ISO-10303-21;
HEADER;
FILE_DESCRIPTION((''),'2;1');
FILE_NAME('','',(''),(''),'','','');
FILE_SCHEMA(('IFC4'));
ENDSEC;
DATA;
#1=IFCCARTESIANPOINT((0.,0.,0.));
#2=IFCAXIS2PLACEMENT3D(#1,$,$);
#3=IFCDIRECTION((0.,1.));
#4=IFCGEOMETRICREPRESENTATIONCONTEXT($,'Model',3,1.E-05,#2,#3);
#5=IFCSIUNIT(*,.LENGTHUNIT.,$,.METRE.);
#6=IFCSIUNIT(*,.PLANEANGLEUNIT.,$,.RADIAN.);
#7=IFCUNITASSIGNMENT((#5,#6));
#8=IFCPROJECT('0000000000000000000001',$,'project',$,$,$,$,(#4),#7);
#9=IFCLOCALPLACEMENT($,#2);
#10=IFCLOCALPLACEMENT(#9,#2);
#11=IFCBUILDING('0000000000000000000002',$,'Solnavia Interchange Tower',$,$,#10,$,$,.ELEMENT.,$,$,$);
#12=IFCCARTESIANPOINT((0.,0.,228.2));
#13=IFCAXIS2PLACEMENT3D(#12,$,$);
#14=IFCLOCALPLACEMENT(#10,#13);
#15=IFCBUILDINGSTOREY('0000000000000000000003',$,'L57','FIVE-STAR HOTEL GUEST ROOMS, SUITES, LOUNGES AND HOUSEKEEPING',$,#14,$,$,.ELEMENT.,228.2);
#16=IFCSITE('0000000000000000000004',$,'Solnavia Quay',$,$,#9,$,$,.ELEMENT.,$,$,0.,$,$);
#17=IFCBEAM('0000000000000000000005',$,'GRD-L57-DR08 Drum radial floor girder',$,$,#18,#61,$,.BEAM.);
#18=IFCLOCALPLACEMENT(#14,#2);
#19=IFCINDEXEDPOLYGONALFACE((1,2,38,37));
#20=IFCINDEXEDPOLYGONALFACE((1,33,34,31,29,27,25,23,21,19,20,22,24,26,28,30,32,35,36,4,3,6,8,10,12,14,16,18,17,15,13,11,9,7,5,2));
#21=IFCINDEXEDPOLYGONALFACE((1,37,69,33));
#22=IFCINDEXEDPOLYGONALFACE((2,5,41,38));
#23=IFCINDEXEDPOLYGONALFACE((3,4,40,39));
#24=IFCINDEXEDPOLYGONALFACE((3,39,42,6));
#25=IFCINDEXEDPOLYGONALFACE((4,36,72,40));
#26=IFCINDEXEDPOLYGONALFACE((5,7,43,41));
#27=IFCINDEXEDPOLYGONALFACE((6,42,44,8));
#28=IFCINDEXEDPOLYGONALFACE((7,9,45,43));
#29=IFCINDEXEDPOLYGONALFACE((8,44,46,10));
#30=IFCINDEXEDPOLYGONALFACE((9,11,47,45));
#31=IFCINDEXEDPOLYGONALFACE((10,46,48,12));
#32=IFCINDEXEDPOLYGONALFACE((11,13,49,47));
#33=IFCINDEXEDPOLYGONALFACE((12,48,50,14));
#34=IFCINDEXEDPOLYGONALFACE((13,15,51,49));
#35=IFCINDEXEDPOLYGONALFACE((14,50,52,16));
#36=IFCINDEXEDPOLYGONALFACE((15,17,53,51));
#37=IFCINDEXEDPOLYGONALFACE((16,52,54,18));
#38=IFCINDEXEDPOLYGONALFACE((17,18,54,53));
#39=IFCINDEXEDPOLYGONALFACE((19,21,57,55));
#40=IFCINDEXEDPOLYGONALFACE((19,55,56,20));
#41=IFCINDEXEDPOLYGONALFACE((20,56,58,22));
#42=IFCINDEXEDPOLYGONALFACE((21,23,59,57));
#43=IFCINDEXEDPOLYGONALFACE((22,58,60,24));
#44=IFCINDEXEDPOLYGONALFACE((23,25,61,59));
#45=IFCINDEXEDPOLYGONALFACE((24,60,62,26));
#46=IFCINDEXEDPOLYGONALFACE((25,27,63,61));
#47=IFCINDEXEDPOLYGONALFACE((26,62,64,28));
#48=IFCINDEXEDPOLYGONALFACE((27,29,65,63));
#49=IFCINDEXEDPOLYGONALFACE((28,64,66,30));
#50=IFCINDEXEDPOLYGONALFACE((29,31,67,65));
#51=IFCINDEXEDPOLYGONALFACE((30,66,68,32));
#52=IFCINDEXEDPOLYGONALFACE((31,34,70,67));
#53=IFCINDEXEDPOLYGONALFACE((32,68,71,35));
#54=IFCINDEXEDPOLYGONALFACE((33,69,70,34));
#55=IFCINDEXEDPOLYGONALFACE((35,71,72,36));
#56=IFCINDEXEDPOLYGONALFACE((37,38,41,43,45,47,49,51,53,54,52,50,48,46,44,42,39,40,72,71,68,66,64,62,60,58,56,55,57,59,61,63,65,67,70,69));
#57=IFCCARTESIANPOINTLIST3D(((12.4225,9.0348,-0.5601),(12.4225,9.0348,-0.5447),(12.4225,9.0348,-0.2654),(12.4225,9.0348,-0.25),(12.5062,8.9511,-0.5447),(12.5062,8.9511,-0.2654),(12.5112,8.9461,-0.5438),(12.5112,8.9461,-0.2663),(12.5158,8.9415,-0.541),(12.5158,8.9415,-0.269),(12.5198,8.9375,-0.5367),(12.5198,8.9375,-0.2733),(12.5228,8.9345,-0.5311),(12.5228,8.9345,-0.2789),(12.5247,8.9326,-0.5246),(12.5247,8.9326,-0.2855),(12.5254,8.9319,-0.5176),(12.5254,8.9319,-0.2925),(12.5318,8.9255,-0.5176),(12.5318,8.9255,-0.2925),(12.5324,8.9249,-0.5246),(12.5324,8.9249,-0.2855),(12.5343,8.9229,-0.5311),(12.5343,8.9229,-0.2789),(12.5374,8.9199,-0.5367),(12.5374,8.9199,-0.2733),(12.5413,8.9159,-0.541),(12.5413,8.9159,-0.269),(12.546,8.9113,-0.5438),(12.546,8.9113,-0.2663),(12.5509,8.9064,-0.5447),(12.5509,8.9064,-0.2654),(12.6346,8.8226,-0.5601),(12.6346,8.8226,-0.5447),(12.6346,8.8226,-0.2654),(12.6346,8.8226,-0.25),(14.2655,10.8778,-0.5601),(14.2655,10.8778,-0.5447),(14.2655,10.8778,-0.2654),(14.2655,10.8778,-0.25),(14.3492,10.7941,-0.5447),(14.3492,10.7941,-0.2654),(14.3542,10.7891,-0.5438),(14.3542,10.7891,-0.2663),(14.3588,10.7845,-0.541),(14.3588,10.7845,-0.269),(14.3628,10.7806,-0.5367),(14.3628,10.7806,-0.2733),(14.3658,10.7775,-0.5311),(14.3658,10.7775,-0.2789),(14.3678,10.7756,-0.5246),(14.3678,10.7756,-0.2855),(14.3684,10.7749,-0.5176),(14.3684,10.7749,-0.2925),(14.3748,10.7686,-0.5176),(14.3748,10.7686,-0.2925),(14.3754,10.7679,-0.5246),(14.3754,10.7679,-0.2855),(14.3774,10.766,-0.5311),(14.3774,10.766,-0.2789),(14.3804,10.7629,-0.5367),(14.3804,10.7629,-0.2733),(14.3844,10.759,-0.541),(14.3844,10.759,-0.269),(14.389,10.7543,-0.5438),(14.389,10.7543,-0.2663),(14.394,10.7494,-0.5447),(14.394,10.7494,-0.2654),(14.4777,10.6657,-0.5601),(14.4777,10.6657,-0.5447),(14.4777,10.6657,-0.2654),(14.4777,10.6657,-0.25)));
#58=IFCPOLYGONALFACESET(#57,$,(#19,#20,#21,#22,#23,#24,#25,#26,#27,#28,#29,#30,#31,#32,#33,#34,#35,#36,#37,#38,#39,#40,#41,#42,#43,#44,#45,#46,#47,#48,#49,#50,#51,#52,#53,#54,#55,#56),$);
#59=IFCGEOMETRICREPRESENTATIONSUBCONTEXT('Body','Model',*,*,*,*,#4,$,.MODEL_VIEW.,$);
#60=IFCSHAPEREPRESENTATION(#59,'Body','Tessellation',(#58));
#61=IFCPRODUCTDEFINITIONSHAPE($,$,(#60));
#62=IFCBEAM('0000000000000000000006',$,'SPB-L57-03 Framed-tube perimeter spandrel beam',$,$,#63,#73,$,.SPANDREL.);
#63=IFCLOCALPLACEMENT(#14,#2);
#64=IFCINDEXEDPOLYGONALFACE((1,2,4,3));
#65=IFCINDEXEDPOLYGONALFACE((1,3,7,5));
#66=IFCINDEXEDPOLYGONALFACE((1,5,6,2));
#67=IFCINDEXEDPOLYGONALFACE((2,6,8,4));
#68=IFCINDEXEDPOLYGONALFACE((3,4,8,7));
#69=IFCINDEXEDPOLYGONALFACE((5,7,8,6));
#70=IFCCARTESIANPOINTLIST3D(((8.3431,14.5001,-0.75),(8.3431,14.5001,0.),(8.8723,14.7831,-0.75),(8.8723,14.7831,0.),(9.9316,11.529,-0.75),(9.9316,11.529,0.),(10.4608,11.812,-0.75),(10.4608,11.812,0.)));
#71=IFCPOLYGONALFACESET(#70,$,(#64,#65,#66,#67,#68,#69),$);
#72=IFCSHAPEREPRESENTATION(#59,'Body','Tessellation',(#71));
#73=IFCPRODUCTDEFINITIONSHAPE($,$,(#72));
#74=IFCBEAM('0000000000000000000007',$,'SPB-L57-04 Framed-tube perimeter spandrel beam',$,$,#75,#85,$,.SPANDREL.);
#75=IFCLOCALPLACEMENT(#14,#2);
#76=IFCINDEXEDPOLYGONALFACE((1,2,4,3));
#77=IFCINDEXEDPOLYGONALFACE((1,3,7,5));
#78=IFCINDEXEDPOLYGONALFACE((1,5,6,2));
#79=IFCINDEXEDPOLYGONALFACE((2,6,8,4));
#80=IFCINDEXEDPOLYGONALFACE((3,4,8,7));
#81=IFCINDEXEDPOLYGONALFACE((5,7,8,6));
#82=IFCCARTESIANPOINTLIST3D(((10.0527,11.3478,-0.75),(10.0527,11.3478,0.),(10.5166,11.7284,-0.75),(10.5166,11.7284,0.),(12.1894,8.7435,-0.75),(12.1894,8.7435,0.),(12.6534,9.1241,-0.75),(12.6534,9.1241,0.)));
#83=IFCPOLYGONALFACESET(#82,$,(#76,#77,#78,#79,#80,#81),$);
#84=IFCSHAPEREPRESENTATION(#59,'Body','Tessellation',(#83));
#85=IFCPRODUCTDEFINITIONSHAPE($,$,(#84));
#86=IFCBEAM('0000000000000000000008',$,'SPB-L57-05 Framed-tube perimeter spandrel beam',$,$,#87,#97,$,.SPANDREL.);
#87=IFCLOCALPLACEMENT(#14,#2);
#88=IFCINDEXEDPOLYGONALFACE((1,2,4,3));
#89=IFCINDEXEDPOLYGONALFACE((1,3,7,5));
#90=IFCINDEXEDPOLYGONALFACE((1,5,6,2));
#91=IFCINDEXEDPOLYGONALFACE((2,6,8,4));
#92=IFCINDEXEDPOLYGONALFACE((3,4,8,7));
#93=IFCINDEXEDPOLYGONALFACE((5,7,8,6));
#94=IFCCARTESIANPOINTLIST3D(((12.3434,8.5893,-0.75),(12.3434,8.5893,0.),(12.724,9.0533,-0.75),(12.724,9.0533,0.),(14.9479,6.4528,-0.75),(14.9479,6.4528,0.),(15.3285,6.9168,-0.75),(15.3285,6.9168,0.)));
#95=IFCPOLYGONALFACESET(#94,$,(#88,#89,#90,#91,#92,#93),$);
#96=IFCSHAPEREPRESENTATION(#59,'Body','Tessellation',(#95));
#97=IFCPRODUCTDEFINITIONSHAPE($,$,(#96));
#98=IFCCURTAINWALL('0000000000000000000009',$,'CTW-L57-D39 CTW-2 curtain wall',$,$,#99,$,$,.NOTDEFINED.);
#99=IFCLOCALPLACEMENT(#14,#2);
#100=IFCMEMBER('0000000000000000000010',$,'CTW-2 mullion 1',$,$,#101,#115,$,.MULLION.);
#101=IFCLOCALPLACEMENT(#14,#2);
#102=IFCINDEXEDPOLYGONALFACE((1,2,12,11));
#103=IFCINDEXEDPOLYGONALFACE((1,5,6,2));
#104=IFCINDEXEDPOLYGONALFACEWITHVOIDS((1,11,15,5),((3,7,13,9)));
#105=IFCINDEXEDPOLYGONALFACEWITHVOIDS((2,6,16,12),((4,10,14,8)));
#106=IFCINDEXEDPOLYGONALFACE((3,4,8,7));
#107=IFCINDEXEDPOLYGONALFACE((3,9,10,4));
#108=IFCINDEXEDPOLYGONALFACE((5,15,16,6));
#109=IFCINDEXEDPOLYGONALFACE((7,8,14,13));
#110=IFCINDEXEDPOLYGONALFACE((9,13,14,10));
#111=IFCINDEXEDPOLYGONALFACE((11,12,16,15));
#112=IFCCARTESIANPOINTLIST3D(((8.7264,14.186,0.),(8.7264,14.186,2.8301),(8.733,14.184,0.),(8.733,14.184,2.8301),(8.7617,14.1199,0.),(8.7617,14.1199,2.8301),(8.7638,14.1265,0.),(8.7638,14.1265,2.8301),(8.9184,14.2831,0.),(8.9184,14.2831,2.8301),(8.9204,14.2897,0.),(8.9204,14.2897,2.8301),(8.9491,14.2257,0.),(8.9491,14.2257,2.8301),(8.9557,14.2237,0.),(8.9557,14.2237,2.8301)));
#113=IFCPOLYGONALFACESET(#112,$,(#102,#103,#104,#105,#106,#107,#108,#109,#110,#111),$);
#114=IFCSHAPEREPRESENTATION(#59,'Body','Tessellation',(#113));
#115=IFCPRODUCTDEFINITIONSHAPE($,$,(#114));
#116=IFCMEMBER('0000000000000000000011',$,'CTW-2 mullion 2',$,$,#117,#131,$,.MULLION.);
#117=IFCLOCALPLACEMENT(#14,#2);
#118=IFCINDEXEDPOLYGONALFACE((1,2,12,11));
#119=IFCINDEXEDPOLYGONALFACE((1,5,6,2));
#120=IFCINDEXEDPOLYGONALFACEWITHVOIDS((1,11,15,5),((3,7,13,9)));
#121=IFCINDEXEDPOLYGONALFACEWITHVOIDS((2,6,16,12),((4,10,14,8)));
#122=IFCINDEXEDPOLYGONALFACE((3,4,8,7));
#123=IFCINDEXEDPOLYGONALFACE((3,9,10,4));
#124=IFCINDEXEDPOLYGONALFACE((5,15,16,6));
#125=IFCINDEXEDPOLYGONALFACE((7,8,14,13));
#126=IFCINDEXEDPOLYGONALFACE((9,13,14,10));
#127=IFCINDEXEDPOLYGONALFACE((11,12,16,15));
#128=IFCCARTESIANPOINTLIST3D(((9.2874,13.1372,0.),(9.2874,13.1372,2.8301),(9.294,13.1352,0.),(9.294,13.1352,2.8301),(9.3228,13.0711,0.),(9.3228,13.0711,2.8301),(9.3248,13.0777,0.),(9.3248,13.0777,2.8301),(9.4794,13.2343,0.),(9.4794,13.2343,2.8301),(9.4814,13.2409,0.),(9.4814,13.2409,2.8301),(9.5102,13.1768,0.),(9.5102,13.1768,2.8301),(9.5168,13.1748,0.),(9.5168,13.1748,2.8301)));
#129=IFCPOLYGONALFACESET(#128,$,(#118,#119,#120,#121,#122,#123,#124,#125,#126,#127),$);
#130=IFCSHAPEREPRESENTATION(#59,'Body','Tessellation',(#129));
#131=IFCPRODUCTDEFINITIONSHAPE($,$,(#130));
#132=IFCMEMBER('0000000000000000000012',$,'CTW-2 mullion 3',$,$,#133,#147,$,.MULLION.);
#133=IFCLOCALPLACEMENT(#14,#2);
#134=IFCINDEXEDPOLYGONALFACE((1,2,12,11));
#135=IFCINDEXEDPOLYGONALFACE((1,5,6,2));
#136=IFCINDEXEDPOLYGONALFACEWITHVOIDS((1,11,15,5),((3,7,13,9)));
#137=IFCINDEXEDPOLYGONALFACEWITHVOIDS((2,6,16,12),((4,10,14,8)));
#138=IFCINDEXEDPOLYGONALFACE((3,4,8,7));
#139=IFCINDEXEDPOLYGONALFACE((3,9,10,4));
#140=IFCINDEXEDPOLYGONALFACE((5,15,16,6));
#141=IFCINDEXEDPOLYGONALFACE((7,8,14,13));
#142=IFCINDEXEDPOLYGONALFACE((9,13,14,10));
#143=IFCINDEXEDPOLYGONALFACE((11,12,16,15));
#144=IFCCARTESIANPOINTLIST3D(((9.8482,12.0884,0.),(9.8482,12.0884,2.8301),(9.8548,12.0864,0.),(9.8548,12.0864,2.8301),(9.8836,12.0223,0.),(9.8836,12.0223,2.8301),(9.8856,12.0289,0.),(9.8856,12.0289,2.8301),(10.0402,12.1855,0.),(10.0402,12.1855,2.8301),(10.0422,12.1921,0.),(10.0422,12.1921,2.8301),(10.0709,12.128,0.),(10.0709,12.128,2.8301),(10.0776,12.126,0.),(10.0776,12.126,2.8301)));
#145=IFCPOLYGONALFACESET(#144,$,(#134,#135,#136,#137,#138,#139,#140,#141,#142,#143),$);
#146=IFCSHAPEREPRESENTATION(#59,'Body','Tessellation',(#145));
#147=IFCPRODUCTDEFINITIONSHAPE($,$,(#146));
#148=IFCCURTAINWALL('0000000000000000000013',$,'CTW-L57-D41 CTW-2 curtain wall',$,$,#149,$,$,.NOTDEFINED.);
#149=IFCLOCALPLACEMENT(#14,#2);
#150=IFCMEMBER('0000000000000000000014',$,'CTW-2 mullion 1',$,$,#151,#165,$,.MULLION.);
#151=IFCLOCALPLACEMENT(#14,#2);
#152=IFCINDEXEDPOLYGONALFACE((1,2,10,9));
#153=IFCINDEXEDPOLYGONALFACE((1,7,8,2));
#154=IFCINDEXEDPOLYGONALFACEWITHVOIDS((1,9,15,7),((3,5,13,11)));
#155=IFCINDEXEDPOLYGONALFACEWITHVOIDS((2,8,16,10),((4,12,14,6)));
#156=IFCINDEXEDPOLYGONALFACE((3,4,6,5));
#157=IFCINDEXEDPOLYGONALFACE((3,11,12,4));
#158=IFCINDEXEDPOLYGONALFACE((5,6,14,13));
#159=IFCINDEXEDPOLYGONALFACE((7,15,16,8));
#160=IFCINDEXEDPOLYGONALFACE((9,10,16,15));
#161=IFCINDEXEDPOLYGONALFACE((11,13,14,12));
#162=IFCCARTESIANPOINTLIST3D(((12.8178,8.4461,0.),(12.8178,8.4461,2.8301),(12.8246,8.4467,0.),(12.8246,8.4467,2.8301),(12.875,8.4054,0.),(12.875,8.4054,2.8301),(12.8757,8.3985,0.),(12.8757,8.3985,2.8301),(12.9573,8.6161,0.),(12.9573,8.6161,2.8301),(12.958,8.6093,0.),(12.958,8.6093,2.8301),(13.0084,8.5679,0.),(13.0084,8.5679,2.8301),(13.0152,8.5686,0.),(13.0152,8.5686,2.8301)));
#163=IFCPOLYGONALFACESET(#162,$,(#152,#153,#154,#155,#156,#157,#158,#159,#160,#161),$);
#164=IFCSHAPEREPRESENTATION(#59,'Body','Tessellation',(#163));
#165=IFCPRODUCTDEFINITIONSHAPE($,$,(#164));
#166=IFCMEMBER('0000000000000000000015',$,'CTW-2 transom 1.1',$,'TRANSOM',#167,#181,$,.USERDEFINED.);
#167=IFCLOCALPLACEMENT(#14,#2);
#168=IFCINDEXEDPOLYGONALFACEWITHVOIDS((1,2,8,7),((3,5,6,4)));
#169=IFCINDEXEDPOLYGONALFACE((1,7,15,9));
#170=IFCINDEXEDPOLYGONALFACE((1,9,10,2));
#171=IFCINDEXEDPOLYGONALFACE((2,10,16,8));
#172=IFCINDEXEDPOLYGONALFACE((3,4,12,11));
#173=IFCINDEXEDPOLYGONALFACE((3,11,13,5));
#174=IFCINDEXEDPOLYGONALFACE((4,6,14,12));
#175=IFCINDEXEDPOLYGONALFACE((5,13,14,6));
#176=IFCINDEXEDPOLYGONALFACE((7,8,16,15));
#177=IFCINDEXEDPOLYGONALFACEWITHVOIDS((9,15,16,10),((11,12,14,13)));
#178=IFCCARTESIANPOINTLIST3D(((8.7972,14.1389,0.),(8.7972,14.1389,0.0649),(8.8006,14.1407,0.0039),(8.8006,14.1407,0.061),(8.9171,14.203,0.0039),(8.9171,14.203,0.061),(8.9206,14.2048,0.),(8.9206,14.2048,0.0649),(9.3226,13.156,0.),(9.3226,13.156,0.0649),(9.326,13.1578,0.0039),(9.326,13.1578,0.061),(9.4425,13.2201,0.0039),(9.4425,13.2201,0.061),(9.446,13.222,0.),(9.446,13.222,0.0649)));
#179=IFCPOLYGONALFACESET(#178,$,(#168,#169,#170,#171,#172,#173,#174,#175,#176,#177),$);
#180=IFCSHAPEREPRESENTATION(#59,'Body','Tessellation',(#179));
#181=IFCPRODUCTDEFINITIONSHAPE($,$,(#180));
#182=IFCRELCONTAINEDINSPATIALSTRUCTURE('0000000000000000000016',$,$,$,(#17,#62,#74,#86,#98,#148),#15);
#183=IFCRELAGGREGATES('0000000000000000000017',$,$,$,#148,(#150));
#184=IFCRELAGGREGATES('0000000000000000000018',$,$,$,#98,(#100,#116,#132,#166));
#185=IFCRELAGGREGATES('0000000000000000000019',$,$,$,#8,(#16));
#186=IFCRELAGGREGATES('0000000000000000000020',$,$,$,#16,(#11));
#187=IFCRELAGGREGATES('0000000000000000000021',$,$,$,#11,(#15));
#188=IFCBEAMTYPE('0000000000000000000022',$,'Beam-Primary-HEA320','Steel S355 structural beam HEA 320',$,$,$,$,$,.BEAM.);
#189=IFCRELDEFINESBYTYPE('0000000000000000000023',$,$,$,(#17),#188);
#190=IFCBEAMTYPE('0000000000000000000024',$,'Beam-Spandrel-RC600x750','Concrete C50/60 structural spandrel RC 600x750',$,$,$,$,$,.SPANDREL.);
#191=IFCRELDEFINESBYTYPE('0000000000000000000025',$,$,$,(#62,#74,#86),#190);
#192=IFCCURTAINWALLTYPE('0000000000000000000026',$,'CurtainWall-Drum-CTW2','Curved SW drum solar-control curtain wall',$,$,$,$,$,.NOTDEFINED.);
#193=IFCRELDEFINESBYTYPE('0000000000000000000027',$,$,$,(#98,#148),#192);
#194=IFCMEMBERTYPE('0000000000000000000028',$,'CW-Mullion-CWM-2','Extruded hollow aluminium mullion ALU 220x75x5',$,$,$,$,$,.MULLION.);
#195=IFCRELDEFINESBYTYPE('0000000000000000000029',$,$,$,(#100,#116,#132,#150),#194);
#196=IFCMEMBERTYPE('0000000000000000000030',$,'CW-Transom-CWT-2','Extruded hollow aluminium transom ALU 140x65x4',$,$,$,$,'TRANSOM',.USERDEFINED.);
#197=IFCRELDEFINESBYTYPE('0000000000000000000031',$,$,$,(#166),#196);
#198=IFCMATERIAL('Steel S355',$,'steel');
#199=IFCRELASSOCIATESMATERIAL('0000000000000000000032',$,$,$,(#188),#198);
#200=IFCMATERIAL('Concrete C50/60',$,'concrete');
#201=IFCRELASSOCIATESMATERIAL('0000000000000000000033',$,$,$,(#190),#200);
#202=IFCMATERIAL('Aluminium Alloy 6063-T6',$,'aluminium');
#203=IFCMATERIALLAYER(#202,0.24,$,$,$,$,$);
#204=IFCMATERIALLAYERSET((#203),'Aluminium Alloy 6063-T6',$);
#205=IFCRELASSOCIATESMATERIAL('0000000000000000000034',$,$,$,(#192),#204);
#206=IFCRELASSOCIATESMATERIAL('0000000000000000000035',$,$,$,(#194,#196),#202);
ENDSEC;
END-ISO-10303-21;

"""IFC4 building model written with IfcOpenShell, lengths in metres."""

from ifc_helpers import new_model, si_unit, direction, frame, origin, origin_2d, place, context, subcontext, project, spatial, rectangle, hollow_rectangle, i_section, extrude, material, layer, layer_set, material_profile, profile_set, type_object, element, aggregate, save


model = new_model("IFC4")

# Units and contexts
model_context = context("Model", 3, precision=1e-05, world=origin(), true_north=direction((0.0, 1.0)))
body_context = subcontext(model_context, "Body", "Model", "MODEL_VIEW")
ifc_project = project(units=[si_unit("LENGTHUNIT", "METRE"), si_unit("PLANEANGLEUNIT", "RADIAN")], contexts=[model_context])

# Site, building, storey
site_placement = place(None, origin())
site = spatial("IfcSite", under=ifc_project, at=site_placement, Name="Solnavia Quay", CompositionType="ELEMENT", RefElevation=0.0)
building_placement = place(site_placement, origin())
building = spatial("IfcBuilding", under=site, at=building_placement, Name="Solnavia Interchange Tower", CompositionType="ELEMENT")
storey_placement = place(building_placement, frame((0.0, 0.0, 228.2)))
storey = spatial("IfcBuildingStorey", under=building, at=storey_placement, Name="L57", Description="FIVE-STAR HOTEL GUEST ROOMS, SUITES, LOUNGES AND HOUSEKEEPING", CompositionType="ELEMENT", Elevation=228.2)

# Shared definitions
ifc_material_1 = material(Name="Concrete C50/60", Category="concrete")

# Beams
ifc_material_2 = material(Name="Steel S355", Category="steel")
ifc_material_profile_1 = material_profile(ifc_material_2, i_section(OverallWidth=0.3, OverallDepth=0.3101, WebThickness=0.009, FlangeThickness=0.0154, FilletRadius=0.0271, at=origin_2d()), Name="HEA 320")
ifc_profile_set_1 = profile_set([ifc_material_profile_1], Name="Steel S355")
beam_type_1 = type_object("IfcBeamType", Name="Beam-Primary-HEA320", Description="Steel S355 structural beam HEA 320", PredefinedType="BEAM", material=ifc_profile_set_1)
beam_1_placement = place(storey_placement, frame((12.5286, 8.9287, -0.405), z_axis=(0.707107, 0.707107, 0.0), x_axis=(-0.707107, 0.707107, 0.0)))
element("IfcBeam", 1, at=beam_1_placement, inside=storey, type_object=beam_type_1, Name="GRD-L57-DR08 Drum radial floor girder", PredefinedType="BEAM", context=body_context, shape_type="SweptSolid", body=[
    extrude(i_section(OverallWidth=0.3, OverallDepth=0.3101, WebThickness=0.009, FlangeThickness=0.0154, FilletRadius=0.0271, at=origin_2d()), origin(), (0.0, 0.0, 1.0), 2.6064),
])
ifc_material_profile_2 = material_profile(ifc_material_1, rectangle(XDim=0.6001, YDim=0.75, at=origin_2d()), Name="RC 600x750")
ifc_profile_set_2 = profile_set([ifc_material_profile_2], Name="Concrete C50/60")
beam_type_2 = type_object("IfcBeamType", Name="Beam-Spandrel-RC600x750", Description="Concrete C50/60 structural spandrel RC 600x750", PredefinedType="SPANDREL", material=ifc_profile_set_2)
beam_2_placement = place(storey_placement, frame((8.6077, 14.6416, -0.375), z_axis=(0.471509, -0.881861, 0.0), x_axis=(0.881861, 0.471509, 0.0)))
element("IfcBeam", 2, at=beam_2_placement, inside=storey, type_object=beam_type_2, Name="SPB-L57-03 Framed-tube perimeter spandrel beam", PredefinedType="SPANDREL", context=body_context, shape_type="SweptSolid", body=[
    extrude(rectangle(XDim=0.6001, YDim=0.75, at=origin_2d()), origin(), (0.0, 0.0, 1.0), 3.3691),
])
for number, where, z_axis, x_axis, name in (
    (3, (10.2847, 11.5381, -0.375), (0.634299, -0.773088, 0.0), (0.773088, 0.634299, 0.0), "SPB-L57-04 Framed-tube perimeter spandrel beam"),
    (4, (12.5337, 8.8213, -0.375), (0.773153, -0.63422, 0.0), (0.63422, 0.773153, 0.0), "SPB-L57-05 Framed-tube perimeter spandrel beam"),
):
    element("IfcBeam", number, at=place(storey_placement, frame(where, z_axis=z_axis, x_axis=x_axis)), inside=storey, type_object=beam_type_2, Name=name, PredefinedType="SPANDREL", context=body_context, shape_type="SweptSolid", body=[
        extrude(rectangle(XDim=0.6001, YDim=0.75, at=origin_2d()), origin(), (0.0, 0.0, 1.0), 3.3687),
    ])

# Curtain wall, members
ifc_material_3 = material(Name="Aluminium Alloy 6063-T6", Category="aluminium")
ifc_layer_1 = layer(ifc_material_3, 0.24)
ifc_layer_set_1 = layer_set([ifc_layer_1], Name="Aluminium Alloy 6063-T6")
curtain_wall_type = type_object("IfcCurtainWallType", Name="CurtainWall-Drum-CTW2", Description="Curved SW drum solar-control curtain wall", PredefinedType="NOTDEFINED", material=ifc_layer_set_1)
curtain_wall_1_placement = place(storey_placement, origin())
curtain_wall_1 = element("IfcCurtainWall", 5, at=curtain_wall_1_placement, inside=storey, type_object=curtain_wall_type, Name="CTW-L57-D39 CTW-2 curtain wall", PredefinedType="NOTDEFINED")
ifc_material_profile_3 = material_profile(ifc_material_3, hollow_rectangle(XDim=0.075, YDim=0.22, WallThickness=0.0049, at=origin_2d()), Name="ALU 220x75x5")
ifc_profile_set_3 = profile_set([ifc_material_profile_3], Name="Aluminium Alloy 6063-T6")
member_type_1 = type_object("IfcMemberType", Name="CW-Mullion-CWM-2", Description="Extruded hollow aluminium mullion ALU 220x75x5", PredefinedType="MULLION", material=ifc_profile_set_3)
member_1_placement = place(storey_placement, frame((8.8411, 14.2048, 0.0), z_axis=(0.0, 0.0, 1.0), x_axis=(0.471561, -0.881834, 0.0)))
member_1 = element("IfcMember", 6, at=member_1_placement, type_object=member_type_1, Name="CTW-2 mullion 1", PredefinedType="MULLION", context=body_context, shape_type="SweptSolid", body=[
    extrude(hollow_rectangle(XDim=0.075, YDim=0.22, WallThickness=0.0049, at=origin_2d()), origin(), (0.0, 0.0, 1.0), 2.8301),
])
member_2_placement = place(storey_placement, frame((9.4021, 13.156, 0.0), z_axis=(0.0, 0.0, 1.0), x_axis=(0.471561, -0.881834, 0.0)))
member_2 = element("IfcMember", 7, at=member_2_placement, type_object=member_type_1, Name="CTW-2 mullion 2", PredefinedType="MULLION", context=body_context, shape_type="SweptSolid", body=[
    extrude(hollow_rectangle(XDim=0.075, YDim=0.22, WallThickness=0.0049, at=origin_2d()), origin(), (0.0, 0.0, 1.0), 2.8301),
])
member_3_placement = place(storey_placement, frame((9.9629, 12.1072, 0.0), z_axis=(0.0, 0.0, 1.0), x_axis=(0.471561, -0.881834, 0.0)))
member_3 = element("IfcMember", 8, at=member_3_placement, type_object=member_type_1, Name="CTW-2 mullion 3", PredefinedType="MULLION", context=body_context, shape_type="SweptSolid", body=[
    extrude(hollow_rectangle(XDim=0.075, YDim=0.22, WallThickness=0.0049, at=origin_2d()), origin(), (0.0, 0.0, 1.0), 2.8301),
])

# Curtain wall, member
curtain_wall_2_placement = place(storey_placement, origin())
curtain_wall_2 = element("IfcCurtainWall", 9, at=curtain_wall_2_placement, inside=storey, type_object=curtain_wall_type, Name="CTW-L57-D41 CTW-2 curtain wall", PredefinedType="NOTDEFINED")
member_4_placement = place(storey_placement, frame((12.9165, 8.5073, 0.0), z_axis=(0.0, 0.0, 1.0), x_axis=(0.773103, -0.63428, 0.0)))
member_4 = element("IfcMember", 10, at=member_4_placement, type_object=member_type_1, Name="CTW-2 mullion 1", PredefinedType="MULLION", context=body_context, shape_type="SweptSolid", body=[
    extrude(hollow_rectangle(XDim=0.075, YDim=0.22, WallThickness=0.0049, at=origin_2d()), origin(), (0.0, 0.0, 1.0), 2.8301),
])

# Member
ifc_material_profile_4 = material_profile(ifc_material_3, hollow_rectangle(XDim=0.0649, YDim=0.1399, WallThickness=0.0039, at=origin_2d()), Name="ALU 140x65x4")
ifc_profile_set_4 = profile_set([ifc_material_profile_4], Name="Aluminium Alloy 6063-T6")
member_type_2 = type_object("IfcMemberType", Name="CW-Transom-CWT-2", Description="Extruded hollow aluminium transom ALU 140x65x4", ElementType="TRANSOM", PredefinedType="USERDEFINED", material=ifc_profile_set_4)
member_5_placement = place(storey_placement, frame((8.8589, 14.1719, 0.0325), z_axis=(0.471407, -0.881916, 0.0), x_axis=(0.0, 0.0, 1.0)))
member_5 = element("IfcMember", 11, at=member_5_placement, type_object=member_type_2, Name="CTW-2 transom 1.1", ObjectType="TRANSOM", PredefinedType="USERDEFINED", context=body_context, shape_type="SweptSolid", body=[
    extrude(hollow_rectangle(XDim=0.0649, YDim=0.1399, WallThickness=0.0039, at=origin_2d()), origin(), (0.0, 0.0, 1.0), 1.1145),
])
aggregate(curtain_wall_2, [member_4])

aggregate(curtain_wall_1, [member_1, member_2, member_3, member_5])

save(model, "model.ifc")
